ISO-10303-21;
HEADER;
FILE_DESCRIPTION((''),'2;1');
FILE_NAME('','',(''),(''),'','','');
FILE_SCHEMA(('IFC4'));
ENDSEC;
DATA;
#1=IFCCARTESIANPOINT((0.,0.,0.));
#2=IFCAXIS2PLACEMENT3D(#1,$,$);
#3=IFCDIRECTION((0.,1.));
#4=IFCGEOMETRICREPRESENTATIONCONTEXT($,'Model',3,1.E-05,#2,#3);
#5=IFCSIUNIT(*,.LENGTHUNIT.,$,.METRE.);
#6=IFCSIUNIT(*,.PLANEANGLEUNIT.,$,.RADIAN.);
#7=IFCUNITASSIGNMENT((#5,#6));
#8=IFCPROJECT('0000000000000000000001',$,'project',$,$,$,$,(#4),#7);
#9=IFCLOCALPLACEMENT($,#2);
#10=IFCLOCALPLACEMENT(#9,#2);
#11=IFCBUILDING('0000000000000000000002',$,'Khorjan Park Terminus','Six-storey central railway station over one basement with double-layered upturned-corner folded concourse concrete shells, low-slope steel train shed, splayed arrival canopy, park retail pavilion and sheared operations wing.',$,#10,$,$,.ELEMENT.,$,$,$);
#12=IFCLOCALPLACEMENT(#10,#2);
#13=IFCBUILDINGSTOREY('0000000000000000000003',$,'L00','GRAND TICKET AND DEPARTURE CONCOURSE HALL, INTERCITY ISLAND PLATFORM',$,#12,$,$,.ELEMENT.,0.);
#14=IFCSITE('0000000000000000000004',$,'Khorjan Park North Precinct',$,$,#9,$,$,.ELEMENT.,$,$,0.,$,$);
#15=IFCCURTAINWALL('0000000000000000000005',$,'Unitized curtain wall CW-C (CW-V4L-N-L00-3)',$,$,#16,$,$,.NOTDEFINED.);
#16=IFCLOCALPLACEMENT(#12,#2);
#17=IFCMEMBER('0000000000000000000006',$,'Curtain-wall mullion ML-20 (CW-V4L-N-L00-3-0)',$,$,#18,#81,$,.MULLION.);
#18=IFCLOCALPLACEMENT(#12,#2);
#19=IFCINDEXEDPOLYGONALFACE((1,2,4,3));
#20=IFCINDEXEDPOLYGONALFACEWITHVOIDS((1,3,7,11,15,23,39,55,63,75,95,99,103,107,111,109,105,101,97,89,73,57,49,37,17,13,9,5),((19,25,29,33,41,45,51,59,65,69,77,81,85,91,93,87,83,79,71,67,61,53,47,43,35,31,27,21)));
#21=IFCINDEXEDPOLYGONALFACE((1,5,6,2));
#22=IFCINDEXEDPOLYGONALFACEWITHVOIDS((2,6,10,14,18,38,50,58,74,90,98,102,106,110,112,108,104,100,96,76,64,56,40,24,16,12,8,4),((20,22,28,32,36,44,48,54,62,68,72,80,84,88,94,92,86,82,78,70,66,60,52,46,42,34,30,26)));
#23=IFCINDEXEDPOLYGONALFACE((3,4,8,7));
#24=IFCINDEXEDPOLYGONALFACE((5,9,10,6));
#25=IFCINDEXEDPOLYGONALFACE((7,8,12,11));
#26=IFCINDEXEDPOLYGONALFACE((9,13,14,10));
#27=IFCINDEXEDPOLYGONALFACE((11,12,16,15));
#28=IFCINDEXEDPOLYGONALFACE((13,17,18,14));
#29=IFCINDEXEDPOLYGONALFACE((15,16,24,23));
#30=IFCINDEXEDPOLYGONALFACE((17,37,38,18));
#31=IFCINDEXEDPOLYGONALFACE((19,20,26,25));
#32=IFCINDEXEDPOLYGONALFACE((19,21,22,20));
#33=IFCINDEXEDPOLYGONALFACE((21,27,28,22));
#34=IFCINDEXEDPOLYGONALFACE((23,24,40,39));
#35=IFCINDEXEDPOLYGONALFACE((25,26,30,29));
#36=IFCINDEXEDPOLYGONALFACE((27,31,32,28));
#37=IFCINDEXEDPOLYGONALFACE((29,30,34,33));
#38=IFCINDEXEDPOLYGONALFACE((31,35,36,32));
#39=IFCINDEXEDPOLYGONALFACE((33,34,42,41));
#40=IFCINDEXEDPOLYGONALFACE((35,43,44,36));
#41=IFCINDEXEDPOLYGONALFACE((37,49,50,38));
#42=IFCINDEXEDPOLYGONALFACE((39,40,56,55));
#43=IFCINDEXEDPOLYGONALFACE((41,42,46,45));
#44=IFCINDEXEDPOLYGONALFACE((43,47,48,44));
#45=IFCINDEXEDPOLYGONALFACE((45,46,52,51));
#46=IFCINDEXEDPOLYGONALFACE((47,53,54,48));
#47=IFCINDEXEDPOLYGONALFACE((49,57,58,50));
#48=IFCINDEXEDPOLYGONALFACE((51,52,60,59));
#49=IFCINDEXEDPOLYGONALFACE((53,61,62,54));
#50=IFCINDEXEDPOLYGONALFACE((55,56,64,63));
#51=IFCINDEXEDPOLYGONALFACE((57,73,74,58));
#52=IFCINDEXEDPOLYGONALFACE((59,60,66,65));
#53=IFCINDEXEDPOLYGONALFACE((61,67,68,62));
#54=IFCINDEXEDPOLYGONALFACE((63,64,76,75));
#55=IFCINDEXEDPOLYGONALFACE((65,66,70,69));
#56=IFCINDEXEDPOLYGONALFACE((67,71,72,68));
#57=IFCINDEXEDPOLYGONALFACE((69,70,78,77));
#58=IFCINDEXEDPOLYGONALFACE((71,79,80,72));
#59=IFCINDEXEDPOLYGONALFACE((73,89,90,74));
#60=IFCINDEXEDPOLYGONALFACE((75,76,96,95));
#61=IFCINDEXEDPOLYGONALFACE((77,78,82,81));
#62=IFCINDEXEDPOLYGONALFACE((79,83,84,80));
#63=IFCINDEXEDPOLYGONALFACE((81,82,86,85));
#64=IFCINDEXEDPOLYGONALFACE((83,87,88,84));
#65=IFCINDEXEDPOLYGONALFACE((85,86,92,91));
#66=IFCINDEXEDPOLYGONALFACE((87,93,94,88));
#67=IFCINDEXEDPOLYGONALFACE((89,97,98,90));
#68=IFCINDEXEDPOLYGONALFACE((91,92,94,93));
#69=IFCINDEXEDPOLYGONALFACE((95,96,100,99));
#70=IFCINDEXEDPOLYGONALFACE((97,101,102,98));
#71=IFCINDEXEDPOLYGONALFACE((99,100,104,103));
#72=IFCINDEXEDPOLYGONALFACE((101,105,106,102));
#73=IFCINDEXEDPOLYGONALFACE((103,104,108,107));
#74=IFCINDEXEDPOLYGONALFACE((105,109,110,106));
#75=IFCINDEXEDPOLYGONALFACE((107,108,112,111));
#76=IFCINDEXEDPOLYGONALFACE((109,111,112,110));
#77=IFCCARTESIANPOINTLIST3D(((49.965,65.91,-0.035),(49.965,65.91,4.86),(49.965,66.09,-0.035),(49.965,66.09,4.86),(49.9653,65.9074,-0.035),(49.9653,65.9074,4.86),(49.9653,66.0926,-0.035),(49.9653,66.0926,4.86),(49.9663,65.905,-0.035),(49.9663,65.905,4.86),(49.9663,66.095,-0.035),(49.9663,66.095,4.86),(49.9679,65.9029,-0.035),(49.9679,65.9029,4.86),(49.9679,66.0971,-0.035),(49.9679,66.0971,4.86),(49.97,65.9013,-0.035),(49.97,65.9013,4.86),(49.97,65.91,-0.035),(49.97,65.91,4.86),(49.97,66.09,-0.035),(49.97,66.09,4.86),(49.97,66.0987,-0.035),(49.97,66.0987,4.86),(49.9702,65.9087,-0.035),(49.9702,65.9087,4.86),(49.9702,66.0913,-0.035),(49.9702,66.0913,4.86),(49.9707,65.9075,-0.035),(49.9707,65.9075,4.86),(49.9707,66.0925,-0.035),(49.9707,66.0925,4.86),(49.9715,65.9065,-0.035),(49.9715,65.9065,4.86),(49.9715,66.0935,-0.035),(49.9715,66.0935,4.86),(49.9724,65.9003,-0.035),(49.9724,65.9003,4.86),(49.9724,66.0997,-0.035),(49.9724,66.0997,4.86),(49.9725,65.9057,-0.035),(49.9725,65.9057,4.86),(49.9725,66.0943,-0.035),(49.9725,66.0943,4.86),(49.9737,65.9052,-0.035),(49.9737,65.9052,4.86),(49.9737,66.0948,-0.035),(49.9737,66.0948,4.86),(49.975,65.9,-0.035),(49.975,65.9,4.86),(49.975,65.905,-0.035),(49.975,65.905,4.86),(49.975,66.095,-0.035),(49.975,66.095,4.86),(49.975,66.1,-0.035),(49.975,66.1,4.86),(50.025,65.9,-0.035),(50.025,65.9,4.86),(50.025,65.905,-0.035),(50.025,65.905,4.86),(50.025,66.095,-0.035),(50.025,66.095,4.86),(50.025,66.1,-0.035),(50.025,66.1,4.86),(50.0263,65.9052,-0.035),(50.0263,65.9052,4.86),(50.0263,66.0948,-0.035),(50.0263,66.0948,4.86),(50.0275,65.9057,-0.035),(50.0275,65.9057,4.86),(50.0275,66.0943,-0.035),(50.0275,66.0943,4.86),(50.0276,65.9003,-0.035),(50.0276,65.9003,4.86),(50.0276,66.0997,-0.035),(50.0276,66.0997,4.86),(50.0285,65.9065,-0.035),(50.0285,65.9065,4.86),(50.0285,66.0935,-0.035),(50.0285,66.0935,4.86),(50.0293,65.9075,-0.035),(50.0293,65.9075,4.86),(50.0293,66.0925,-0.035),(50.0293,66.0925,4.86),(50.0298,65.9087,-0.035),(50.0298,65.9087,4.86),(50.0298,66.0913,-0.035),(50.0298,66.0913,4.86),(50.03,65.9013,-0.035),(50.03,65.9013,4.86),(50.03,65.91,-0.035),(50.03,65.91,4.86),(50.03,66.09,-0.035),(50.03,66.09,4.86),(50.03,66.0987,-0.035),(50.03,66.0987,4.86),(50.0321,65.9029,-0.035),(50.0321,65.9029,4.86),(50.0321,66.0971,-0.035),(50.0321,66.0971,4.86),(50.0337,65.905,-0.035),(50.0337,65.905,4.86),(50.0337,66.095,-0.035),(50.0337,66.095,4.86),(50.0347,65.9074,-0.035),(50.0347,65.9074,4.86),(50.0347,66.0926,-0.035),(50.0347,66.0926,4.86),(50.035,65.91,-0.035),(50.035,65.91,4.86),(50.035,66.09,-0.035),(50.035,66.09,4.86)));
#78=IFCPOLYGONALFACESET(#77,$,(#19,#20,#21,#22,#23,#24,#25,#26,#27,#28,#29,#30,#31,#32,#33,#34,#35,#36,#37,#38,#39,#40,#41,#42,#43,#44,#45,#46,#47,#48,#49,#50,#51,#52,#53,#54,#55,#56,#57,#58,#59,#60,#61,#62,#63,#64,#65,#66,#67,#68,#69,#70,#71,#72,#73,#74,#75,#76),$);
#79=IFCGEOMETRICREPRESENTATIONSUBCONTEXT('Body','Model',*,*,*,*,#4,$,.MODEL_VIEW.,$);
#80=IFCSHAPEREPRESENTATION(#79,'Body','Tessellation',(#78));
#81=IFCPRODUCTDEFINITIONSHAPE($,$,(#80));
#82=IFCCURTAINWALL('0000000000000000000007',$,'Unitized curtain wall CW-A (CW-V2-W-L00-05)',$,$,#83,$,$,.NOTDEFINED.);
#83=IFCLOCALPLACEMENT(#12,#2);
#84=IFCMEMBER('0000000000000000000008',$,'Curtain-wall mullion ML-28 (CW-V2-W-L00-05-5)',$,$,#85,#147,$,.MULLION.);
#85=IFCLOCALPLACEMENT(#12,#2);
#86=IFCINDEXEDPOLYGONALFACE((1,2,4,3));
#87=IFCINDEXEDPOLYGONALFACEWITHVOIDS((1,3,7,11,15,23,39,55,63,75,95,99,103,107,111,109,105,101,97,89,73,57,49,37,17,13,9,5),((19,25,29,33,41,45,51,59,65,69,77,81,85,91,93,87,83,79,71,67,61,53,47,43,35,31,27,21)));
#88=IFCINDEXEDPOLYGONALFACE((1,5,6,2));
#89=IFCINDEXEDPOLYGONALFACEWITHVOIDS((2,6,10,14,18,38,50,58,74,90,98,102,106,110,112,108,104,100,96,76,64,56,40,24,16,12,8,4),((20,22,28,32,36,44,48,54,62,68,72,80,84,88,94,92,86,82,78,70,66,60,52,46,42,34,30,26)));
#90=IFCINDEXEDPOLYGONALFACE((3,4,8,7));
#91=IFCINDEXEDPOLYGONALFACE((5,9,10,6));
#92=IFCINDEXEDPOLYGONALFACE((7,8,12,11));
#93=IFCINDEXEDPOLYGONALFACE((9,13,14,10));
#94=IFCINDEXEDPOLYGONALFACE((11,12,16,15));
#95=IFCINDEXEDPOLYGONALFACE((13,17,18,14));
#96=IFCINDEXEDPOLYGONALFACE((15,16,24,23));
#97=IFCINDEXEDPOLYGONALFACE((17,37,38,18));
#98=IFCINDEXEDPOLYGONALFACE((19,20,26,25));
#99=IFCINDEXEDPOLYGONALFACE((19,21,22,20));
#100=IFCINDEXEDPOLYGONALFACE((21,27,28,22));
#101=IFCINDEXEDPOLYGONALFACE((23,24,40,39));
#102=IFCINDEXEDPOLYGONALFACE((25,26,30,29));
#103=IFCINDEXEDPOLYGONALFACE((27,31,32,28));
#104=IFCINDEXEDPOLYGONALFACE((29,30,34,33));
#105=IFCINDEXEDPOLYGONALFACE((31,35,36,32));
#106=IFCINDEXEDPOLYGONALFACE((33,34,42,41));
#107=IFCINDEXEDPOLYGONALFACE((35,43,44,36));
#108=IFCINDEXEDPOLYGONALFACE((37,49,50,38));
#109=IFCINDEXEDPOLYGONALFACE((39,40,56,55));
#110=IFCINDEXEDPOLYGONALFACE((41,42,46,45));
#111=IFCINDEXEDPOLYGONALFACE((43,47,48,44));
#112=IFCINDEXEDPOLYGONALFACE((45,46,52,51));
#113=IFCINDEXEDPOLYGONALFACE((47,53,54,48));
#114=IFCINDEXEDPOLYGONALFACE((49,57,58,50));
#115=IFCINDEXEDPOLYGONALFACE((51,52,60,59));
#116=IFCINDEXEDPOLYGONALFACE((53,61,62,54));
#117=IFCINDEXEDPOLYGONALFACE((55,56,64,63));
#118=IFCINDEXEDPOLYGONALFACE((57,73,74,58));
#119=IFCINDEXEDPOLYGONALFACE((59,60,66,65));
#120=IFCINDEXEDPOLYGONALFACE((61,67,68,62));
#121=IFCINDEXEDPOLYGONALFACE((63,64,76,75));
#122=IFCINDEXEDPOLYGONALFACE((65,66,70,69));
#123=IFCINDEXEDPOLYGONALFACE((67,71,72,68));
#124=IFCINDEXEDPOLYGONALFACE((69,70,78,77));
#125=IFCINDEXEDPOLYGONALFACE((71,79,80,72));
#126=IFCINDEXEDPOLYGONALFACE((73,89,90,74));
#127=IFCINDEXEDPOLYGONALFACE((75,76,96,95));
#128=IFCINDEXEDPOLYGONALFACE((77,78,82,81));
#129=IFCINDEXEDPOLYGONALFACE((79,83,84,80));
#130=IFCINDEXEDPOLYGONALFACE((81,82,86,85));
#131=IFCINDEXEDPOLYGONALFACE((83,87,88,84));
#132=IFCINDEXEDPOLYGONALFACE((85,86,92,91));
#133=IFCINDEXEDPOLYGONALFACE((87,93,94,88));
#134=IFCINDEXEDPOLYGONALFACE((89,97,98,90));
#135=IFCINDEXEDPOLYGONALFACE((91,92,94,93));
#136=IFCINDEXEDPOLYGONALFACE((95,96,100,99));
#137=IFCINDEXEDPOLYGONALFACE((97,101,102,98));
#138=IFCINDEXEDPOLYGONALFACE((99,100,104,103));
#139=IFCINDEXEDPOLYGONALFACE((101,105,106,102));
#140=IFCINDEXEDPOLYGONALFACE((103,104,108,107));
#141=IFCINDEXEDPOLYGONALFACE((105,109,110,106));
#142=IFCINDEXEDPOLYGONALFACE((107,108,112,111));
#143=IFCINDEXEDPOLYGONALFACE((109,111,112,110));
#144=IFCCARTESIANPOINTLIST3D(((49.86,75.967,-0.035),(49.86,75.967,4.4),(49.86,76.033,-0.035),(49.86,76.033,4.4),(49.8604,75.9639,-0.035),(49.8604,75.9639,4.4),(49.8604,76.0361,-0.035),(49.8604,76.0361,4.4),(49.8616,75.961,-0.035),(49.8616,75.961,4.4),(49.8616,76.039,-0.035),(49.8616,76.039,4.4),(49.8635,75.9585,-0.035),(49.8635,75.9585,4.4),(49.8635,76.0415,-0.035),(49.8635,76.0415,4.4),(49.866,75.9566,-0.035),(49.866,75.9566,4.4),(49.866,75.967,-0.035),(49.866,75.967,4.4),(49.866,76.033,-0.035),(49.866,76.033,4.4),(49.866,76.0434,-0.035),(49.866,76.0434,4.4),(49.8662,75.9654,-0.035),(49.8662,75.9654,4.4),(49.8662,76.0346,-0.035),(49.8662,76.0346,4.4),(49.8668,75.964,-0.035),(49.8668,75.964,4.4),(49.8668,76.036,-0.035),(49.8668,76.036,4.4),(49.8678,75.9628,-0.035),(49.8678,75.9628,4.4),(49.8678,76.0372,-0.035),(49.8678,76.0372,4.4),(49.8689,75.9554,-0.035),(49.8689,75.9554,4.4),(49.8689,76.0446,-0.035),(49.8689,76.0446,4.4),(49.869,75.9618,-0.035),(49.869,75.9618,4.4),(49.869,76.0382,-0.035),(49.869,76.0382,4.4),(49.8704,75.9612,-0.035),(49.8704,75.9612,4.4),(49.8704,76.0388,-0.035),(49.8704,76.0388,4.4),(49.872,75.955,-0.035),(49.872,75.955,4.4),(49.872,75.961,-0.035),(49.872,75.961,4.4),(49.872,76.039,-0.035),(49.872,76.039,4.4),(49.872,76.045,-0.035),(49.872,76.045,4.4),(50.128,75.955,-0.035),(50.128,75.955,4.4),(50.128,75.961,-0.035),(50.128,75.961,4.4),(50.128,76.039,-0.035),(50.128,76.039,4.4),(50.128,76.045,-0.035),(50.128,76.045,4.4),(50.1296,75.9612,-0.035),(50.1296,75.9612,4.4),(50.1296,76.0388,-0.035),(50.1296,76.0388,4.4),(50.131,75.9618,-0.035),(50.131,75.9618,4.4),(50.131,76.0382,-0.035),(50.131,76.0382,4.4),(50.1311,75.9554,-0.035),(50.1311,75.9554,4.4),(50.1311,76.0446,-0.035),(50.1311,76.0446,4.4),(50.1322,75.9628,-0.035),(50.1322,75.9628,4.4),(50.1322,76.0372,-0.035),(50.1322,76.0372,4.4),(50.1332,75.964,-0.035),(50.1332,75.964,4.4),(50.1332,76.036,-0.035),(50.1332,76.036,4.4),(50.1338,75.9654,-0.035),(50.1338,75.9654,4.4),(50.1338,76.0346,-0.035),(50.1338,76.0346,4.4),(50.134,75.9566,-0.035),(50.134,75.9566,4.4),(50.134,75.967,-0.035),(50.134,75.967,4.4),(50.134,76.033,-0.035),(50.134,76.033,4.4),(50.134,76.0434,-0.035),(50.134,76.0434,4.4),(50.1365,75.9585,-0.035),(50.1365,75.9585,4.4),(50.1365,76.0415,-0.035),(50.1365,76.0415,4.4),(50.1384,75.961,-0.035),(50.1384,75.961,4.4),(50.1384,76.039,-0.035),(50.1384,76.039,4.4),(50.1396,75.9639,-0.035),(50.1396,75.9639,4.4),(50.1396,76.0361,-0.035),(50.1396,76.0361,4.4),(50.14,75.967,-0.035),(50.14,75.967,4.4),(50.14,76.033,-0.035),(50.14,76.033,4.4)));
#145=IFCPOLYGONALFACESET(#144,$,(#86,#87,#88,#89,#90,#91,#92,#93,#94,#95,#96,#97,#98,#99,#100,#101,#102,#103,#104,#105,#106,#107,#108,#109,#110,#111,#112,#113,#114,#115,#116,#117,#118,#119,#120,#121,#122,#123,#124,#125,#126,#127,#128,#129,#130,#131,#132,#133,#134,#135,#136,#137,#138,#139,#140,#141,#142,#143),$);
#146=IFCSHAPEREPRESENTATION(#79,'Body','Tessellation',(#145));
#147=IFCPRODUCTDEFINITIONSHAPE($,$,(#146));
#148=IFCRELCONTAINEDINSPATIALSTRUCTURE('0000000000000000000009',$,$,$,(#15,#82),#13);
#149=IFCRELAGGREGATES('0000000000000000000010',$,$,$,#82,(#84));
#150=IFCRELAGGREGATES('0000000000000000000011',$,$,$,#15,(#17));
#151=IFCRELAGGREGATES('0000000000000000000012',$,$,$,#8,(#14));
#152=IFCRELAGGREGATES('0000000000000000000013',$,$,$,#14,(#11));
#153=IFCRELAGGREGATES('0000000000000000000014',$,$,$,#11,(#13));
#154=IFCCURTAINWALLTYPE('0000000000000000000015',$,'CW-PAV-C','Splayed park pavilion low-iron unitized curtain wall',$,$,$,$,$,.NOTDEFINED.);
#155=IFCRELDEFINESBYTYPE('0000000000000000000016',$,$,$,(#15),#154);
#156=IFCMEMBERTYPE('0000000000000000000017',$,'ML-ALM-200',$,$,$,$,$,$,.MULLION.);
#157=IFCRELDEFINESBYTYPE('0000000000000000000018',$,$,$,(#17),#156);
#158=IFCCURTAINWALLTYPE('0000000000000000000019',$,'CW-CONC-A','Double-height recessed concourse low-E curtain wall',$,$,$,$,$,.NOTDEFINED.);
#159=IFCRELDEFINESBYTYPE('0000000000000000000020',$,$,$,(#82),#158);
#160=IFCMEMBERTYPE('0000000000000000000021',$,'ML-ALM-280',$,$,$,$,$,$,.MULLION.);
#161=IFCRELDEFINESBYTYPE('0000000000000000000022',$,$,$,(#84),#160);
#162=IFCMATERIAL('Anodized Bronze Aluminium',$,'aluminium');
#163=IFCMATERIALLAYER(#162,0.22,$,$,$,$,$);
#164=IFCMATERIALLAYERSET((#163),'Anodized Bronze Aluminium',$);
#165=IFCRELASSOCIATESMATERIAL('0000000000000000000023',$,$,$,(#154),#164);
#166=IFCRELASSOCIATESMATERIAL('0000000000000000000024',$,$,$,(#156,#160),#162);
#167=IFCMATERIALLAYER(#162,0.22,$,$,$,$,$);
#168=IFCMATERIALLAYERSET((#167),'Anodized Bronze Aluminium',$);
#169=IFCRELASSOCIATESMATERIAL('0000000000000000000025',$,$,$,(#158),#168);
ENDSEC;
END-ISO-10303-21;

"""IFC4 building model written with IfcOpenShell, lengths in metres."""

from ifc_helpers import new_model, si_unit, direction, frame, origin, origin_2d, place, context, subcontext, project, spatial, hollow_rectangle, extrude, material, layer, layer_set, material_profile, profile_set, type_object, element, aggregate, save


model = new_model("IFC4")

# Units and contexts
model_context = context("Model", 3, precision=1e-05, world=origin(), true_north=direction((0.0, 1.0)))
body_context = subcontext(model_context, "Body", "Model", "MODEL_VIEW")
ifc_project = project(units=[si_unit("LENGTHUNIT", "METRE"), si_unit("PLANEANGLEUNIT", "RADIAN")], contexts=[model_context])

# Site, building, storey
site_placement = place(None, origin())
site = spatial("IfcSite", under=ifc_project, at=site_placement, Name="Khorjan Park North Precinct", CompositionType="ELEMENT", RefElevation=0.0)
building_placement = place(site_placement, origin())
building = spatial("IfcBuilding", under=site, at=building_placement, Name="Khorjan Park Terminus", Description="Six-storey central railway station over one basement with double-layered upturned-corner folded concourse concrete shells, low-slope steel train shed, splayed arrival canopy, park retail pavilion and sheared operations wing.", CompositionType="ELEMENT")
storey_placement = place(building_placement, origin())
storey = spatial("IfcBuildingStorey", under=building, at=storey_placement, Name="L00", Description="GRAND TICKET AND DEPARTURE CONCOURSE HALL, INTERCITY ISLAND PLATFORM", CompositionType="ELEMENT", Elevation=0.0)

# Curtain walls, members
ifc_material_1 = material(Name="Anodized Bronze Aluminium", Category="aluminium")
ifc_layer_1 = layer(ifc_material_1, 0.22)
ifc_layer_set_1 = layer_set([ifc_layer_1], Name="Anodized Bronze Aluminium")
curtain_wall_type_1 = type_object("IfcCurtainWallType", Name="CW-PAV-C", Description="Splayed park pavilion low-iron unitized curtain wall", PredefinedType="NOTDEFINED", material=ifc_layer_set_1)
curtain_wall_1_placement = place(storey_placement, origin())
curtain_wall_1 = element("IfcCurtainWall", 1, at=curtain_wall_1_placement, inside=storey, type_object=curtain_wall_type_1, Name="Unitized curtain wall CW-C (CW-V4L-N-L00-3)", PredefinedType="NOTDEFINED")
ifc_material_profile_1 = material_profile(ifc_material_1, hollow_rectangle(XDim=0.07, YDim=0.2, WallThickness=0.005, InnerFilletRadius=0.005, OuterFilletRadius=0.01, at=origin_2d()), Name="ALM 70x200x5")
ifc_profile_set_1 = profile_set([ifc_material_profile_1], Name="Anodized Bronze Aluminium")
member_type_1 = type_object("IfcMemberType", Name="ML-ALM-200", PredefinedType="MULLION", material=ifc_profile_set_1)
member_1_placement = place(storey_placement, frame((50.0, 66.0, -0.035), z_axis=(0.0, 0.0, 1.0), x_axis=(-1.0, 0.0, 0.0)))
member_1 = element("IfcMember", 2, at=member_1_placement, type_object=member_type_1, Name="Curtain-wall mullion ML-20 (CW-V4L-N-L00-3-0)", PredefinedType="MULLION", context=body_context, shape_type="SweptSolid", body=[
    extrude(hollow_rectangle(XDim=0.07, YDim=0.2, WallThickness=0.005, InnerFilletRadius=0.005, OuterFilletRadius=0.01, at=origin_2d()), origin(), (0.0, 0.0, 1.0), 4.895),
])
ifc_layer_2 = layer(ifc_material_1, 0.22)
ifc_layer_set_2 = layer_set([ifc_layer_2], Name="Anodized Bronze Aluminium")
curtain_wall_type_2 = type_object("IfcCurtainWallType", Name="CW-CONC-A", Description="Double-height recessed concourse low-E curtain wall", PredefinedType="NOTDEFINED", material=ifc_layer_set_2)
curtain_wall_2_placement = place(storey_placement, origin())
curtain_wall_2 = element("IfcCurtainWall", 3, at=curtain_wall_2_placement, inside=storey, type_object=curtain_wall_type_2, Name="Unitized curtain wall CW-A (CW-V2-W-L00-05)", PredefinedType="NOTDEFINED")
ifc_material_profile_2 = material_profile(ifc_material_1, hollow_rectangle(XDim=0.09, YDim=0.28, WallThickness=0.006, InnerFilletRadius=0.006, OuterFilletRadius=0.012, at=origin_2d()), Name="ALM 90x280x6")
ifc_profile_set_2 = profile_set([ifc_material_profile_2], Name="Anodized Bronze Aluminium")
member_type_2 = type_object("IfcMemberType", Name="ML-ALM-280", PredefinedType="MULLION", material=ifc_profile_set_2)
member_2_placement = place(storey_placement, frame((50.0, 76.0, -0.035), z_axis=(0.0, 0.0, 1.0), x_axis=(0.0, -1.0, 0.0)))
member_2 = element("IfcMember", 4, at=member_2_placement, type_object=member_type_2, Name="Curtain-wall mullion ML-28 (CW-V2-W-L00-05-5)", PredefinedType="MULLION", context=body_context, shape_type="SweptSolid", body=[
    extrude(hollow_rectangle(XDim=0.09, YDim=0.28, WallThickness=0.006, InnerFilletRadius=0.006, OuterFilletRadius=0.012, at=origin_2d()), origin(), (0.0, 0.0, 1.0), 4.435),
])

aggregate(curtain_wall_2, [member_2])
aggregate(curtain_wall_1, [member_1])

save(model, "model.ifc")
